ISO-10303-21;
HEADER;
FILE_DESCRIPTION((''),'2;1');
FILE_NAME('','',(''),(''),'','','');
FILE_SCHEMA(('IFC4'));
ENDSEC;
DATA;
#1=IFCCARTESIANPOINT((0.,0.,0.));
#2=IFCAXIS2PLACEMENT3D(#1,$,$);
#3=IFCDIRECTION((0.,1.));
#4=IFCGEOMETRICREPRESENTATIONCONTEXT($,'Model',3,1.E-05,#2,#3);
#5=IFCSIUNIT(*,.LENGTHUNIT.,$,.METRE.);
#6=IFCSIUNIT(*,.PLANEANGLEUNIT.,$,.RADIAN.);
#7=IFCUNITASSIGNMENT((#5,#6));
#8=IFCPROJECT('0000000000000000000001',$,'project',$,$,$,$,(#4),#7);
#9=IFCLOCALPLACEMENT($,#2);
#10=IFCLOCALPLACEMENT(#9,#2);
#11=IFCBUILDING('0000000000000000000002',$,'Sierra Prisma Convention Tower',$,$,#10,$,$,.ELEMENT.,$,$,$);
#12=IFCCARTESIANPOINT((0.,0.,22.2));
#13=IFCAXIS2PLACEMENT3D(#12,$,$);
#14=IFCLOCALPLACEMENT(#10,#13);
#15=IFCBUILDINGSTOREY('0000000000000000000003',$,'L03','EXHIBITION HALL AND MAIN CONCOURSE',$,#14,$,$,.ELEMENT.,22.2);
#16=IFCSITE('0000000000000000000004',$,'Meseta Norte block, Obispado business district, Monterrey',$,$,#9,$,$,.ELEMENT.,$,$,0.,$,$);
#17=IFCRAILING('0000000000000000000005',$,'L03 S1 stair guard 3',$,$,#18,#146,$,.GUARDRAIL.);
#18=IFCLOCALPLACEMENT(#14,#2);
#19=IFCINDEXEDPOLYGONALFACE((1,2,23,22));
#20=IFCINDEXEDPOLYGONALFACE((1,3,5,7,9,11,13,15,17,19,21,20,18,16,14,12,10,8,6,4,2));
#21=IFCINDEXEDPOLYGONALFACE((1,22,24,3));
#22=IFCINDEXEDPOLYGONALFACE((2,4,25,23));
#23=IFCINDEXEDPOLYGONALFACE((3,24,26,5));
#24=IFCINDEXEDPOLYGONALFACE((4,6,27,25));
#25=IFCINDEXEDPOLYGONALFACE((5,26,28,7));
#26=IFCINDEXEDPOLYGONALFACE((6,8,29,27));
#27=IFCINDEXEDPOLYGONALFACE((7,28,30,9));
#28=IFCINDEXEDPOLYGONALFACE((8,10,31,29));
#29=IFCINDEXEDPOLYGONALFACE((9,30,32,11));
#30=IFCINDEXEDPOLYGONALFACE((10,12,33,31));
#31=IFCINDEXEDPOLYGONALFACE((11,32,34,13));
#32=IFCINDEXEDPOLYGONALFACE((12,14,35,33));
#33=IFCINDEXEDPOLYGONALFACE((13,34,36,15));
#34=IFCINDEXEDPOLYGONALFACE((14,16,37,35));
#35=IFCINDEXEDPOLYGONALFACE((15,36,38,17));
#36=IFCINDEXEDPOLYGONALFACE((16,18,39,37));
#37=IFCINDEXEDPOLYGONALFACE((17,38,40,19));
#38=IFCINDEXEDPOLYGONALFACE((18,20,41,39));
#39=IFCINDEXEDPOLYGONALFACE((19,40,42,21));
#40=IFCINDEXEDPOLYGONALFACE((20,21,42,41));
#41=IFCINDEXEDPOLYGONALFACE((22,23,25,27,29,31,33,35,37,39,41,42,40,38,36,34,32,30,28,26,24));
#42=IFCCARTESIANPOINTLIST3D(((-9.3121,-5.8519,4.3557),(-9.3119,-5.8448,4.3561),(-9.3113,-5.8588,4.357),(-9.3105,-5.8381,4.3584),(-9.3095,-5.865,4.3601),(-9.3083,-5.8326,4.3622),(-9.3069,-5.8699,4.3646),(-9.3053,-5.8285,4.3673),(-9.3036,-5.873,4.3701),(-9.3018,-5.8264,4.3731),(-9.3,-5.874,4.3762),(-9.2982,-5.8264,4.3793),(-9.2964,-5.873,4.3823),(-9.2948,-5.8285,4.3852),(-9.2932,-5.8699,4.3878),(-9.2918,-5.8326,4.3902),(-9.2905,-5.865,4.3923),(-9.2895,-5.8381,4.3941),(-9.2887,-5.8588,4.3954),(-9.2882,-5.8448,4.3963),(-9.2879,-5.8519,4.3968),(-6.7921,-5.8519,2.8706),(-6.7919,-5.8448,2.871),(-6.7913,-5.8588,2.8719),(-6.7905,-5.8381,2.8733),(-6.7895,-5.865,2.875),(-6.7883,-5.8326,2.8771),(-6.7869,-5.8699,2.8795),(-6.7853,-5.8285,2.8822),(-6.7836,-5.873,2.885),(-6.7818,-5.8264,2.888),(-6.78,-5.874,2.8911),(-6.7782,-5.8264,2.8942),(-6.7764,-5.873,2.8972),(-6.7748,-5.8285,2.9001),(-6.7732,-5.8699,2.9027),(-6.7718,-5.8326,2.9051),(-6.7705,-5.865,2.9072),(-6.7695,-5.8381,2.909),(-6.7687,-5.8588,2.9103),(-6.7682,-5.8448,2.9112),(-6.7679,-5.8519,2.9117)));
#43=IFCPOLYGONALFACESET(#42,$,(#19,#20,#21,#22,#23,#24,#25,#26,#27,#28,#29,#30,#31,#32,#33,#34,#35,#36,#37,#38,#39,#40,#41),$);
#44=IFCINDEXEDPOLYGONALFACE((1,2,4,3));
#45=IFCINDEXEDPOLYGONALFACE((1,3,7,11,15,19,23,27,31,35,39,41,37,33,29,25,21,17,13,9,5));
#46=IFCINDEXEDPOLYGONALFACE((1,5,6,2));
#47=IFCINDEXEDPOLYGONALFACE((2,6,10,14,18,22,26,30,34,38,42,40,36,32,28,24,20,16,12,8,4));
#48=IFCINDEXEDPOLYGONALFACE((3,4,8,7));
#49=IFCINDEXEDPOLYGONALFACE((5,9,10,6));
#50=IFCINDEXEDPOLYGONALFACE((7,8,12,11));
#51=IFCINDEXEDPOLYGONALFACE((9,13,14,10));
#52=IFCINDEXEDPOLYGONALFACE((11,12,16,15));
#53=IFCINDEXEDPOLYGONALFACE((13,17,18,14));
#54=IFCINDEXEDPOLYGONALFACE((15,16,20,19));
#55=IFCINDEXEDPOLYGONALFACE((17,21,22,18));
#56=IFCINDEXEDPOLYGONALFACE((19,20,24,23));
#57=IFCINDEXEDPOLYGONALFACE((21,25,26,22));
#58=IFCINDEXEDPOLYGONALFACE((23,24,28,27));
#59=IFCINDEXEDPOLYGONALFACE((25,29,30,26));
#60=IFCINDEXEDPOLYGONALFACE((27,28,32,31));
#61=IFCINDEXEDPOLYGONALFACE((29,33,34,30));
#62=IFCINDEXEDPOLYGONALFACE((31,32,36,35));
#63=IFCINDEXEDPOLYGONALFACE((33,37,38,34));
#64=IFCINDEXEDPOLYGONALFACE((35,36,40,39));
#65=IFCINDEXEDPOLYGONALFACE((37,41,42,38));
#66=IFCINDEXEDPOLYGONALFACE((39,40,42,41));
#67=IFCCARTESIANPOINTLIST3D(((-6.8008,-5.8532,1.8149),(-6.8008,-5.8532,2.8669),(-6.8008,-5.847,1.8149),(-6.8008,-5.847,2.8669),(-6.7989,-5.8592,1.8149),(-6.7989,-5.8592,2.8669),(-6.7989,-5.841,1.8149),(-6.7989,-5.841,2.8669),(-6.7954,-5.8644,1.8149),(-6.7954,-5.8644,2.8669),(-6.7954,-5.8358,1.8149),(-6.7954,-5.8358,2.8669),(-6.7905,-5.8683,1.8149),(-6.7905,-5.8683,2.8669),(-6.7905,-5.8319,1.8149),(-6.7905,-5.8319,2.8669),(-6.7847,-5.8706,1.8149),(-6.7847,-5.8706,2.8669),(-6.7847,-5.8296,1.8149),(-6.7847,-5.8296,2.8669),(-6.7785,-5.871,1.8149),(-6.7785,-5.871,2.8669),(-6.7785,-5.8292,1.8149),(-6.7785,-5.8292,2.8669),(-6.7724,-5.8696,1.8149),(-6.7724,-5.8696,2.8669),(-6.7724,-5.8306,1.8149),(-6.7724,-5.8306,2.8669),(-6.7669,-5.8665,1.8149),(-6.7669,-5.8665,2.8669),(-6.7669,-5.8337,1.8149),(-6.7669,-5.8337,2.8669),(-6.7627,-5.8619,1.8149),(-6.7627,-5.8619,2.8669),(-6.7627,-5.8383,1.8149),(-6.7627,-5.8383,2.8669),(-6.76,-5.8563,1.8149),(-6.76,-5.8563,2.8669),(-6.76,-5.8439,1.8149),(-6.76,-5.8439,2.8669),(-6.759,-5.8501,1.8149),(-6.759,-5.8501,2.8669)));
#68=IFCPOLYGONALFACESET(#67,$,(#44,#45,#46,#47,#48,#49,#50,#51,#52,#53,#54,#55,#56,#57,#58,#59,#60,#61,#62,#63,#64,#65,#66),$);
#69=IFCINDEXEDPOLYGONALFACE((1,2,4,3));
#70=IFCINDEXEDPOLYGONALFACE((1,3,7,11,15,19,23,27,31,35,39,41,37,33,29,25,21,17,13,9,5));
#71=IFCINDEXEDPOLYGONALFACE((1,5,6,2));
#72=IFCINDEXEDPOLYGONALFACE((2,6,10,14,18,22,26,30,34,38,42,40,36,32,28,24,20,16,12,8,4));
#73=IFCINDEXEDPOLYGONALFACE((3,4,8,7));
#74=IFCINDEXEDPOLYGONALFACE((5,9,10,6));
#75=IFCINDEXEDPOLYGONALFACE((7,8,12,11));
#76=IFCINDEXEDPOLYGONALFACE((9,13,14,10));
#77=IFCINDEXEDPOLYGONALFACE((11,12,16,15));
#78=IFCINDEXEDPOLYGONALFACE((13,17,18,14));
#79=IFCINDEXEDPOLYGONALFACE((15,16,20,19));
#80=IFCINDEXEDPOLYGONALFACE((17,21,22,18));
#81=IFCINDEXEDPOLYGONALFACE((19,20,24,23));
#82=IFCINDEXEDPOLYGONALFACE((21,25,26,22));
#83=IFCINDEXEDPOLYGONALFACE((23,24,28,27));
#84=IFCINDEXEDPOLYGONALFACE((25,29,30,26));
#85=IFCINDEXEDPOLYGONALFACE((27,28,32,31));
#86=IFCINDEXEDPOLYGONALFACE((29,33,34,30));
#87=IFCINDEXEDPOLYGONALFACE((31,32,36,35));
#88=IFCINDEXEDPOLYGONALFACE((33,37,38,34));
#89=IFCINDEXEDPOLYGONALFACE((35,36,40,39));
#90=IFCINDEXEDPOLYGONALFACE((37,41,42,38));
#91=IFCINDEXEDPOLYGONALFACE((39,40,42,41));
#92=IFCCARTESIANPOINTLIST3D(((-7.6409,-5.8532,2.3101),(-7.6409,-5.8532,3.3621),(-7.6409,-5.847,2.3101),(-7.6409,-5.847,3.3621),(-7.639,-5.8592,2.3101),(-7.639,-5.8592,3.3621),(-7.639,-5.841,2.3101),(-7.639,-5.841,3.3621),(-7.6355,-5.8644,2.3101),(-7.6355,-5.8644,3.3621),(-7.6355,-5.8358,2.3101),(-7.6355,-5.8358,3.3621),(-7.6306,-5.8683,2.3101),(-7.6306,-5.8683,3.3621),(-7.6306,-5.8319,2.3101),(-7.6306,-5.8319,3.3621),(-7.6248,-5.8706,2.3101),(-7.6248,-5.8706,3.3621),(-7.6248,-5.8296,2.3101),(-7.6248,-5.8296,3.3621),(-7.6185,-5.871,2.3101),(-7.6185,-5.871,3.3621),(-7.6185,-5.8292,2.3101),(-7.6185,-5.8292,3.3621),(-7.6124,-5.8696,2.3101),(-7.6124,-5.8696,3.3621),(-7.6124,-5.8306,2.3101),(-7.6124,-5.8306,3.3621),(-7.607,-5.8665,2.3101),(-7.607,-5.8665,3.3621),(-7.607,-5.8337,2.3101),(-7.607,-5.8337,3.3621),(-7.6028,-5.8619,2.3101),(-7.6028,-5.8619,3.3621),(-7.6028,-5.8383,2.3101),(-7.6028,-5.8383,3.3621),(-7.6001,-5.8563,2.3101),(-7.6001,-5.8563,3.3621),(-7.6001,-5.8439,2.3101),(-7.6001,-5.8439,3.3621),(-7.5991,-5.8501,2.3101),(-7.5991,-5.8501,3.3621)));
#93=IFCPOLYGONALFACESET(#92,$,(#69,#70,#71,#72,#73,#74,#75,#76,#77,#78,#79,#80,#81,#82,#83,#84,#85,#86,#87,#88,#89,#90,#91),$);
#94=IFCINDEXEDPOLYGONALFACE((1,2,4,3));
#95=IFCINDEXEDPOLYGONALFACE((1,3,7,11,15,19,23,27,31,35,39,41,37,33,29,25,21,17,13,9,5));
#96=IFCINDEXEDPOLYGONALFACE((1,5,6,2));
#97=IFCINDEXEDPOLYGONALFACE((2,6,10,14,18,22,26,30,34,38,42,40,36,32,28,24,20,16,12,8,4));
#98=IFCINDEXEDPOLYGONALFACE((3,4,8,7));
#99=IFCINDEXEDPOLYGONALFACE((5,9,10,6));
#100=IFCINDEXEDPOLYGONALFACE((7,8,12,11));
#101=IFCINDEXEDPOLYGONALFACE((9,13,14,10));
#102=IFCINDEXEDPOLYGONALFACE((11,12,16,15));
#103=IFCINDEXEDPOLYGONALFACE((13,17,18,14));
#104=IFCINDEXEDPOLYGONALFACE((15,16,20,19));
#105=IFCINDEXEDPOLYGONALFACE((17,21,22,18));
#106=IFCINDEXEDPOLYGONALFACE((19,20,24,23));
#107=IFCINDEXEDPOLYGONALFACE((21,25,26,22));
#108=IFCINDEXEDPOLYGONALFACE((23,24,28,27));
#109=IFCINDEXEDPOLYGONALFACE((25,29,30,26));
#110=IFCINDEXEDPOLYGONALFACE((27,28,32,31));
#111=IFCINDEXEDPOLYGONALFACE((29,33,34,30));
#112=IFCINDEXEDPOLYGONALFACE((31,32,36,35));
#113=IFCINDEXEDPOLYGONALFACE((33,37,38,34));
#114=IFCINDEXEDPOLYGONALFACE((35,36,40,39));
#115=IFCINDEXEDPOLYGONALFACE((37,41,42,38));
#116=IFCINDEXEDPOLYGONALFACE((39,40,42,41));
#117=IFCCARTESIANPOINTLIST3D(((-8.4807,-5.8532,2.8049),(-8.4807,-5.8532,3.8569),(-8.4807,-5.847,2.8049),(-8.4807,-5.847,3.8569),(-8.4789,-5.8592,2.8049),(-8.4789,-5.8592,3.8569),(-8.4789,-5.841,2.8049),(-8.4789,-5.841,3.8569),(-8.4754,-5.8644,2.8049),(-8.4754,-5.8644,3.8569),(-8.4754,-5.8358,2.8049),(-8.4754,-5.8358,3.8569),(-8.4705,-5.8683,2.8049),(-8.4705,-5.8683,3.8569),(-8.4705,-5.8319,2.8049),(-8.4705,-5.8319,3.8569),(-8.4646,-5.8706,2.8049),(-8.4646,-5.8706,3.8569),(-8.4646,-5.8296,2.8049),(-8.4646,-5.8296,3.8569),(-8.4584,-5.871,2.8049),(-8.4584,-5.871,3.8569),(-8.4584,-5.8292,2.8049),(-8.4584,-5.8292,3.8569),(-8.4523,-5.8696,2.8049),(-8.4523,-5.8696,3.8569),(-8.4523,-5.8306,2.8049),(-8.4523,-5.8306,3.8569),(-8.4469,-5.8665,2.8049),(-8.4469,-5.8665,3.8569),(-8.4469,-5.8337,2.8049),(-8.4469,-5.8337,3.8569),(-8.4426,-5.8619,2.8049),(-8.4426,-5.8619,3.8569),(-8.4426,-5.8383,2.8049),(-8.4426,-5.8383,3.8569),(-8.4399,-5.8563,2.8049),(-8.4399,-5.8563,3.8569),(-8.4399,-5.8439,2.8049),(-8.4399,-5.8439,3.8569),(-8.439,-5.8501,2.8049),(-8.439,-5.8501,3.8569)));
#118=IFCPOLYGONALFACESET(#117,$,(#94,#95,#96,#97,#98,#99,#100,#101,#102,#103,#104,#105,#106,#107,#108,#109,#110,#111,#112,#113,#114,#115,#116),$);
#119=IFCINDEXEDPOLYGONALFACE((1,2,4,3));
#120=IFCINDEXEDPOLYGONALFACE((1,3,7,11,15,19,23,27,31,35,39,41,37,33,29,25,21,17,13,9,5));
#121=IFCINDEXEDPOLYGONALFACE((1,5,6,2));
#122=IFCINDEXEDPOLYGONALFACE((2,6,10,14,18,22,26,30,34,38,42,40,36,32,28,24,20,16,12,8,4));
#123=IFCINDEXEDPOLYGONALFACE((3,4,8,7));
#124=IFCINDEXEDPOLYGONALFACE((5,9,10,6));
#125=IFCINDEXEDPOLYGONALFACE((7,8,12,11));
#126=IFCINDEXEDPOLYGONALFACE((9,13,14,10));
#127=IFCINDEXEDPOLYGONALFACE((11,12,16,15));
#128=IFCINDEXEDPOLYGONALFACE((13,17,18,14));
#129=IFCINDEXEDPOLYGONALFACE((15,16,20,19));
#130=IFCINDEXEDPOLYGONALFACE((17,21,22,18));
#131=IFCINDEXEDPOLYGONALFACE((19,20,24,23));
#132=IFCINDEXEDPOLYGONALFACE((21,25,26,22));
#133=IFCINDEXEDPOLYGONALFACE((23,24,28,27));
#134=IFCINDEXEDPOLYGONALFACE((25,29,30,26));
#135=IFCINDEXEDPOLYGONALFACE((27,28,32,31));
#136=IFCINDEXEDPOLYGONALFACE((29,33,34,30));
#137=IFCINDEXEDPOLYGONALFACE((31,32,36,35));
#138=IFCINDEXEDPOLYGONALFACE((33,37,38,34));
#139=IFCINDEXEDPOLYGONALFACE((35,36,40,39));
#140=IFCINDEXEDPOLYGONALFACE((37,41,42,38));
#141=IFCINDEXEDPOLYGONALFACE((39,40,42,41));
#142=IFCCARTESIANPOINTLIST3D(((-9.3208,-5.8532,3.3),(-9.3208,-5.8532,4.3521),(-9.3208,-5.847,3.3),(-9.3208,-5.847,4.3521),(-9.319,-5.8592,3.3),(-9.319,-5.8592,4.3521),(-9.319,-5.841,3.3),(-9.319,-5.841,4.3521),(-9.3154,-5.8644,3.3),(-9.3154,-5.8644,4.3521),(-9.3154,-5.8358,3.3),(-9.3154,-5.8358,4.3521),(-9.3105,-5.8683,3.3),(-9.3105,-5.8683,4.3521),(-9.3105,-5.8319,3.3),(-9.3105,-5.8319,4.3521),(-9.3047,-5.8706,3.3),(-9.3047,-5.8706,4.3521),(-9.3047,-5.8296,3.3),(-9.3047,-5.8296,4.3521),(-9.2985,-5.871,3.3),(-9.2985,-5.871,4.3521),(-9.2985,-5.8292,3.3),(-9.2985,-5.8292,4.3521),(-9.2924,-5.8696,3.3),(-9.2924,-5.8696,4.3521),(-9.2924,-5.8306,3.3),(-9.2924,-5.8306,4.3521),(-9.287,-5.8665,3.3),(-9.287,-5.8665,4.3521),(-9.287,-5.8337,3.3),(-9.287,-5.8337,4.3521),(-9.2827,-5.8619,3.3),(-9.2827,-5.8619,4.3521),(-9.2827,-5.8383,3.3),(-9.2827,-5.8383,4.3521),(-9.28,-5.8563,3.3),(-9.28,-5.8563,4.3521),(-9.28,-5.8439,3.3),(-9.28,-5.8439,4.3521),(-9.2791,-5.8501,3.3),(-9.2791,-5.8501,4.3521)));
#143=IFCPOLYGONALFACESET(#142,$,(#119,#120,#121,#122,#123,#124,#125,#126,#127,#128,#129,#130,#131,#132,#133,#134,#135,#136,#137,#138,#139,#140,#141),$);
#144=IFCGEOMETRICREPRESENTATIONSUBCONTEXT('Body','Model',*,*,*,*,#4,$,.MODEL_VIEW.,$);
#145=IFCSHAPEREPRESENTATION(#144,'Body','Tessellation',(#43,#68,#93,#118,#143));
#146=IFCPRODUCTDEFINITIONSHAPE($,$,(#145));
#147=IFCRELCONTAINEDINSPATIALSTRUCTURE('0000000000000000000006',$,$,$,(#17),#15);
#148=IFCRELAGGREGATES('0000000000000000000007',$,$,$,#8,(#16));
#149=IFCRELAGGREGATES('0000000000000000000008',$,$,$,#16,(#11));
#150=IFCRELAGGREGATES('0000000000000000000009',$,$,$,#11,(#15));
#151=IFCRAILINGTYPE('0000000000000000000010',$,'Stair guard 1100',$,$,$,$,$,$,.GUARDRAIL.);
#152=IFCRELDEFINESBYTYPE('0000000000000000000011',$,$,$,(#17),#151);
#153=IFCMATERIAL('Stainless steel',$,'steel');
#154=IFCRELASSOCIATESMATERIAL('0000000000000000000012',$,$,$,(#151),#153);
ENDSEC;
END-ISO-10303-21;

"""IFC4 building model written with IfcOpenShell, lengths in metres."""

from ifc_helpers import new_model, si_unit, direction, frame, origin, origin_2d, place, context, subcontext, project, spatial, circle, extrude, material, type_object, element, save


model = new_model("IFC4")

# Units and contexts
model_context = context("Model", 3, precision=1e-05, world=origin(), true_north=direction((0.0, 1.0)))
body_context = subcontext(model_context, "Body", "Model", "MODEL_VIEW")
ifc_project = project(units=[si_unit("LENGTHUNIT", "METRE"), si_unit("PLANEANGLEUNIT", "RADIAN")], contexts=[model_context])

# Site, building, storey
site_placement = place(None, origin())
site = spatial("IfcSite", under=ifc_project, at=site_placement, Name="Meseta Norte block, Obispado business district, Monterrey", CompositionType="ELEMENT", RefElevation=0.0)
building_placement = place(site_placement, origin())
building = spatial("IfcBuilding", under=site, at=building_placement, Name="Sierra Prisma Convention Tower", CompositionType="ELEMENT")
storey_placement = place(building_placement, frame((0.0, 0.0, 22.2)))
storey = spatial("IfcBuildingStorey", under=building, at=storey_placement, Name="L03", Description="EXHIBITION HALL AND MAIN CONCOURSE", CompositionType="ELEMENT", Elevation=22.2)

# Railing
ifc_material_1 = material(Name="Stainless steel", Category="steel")
railing_type_1 = type_object("IfcRailingType", Name="Stair guard 1100", PredefinedType="GUARDRAIL", material=ifc_material_1)
for number, where, name in (
    (1, (-6.78, -5.8501, 1.8149), "L03 S1 stair guard 3"),
):
    element("IfcRailing", number, at=place(storey_placement, frame(where)), inside=storey, type_object=railing_type_1, Name=name, PredefinedType="GUARDRAIL", context=body_context, shape_type="SweptSolid", body=[
        extrude(circle(Radius=0.0239, at=origin_2d()), frame((0.0, 0.0, 1.0762), z_axis=(-0.861524, 0.0, 0.507717), x_axis=(0.0, -1.0, 0.0)), (0.0, 0.0, 1.0), 2.925),
        extrude(circle(Radius=0.021, at=origin_2d()), origin(), (0.0, 0.0, 1.0), 1.052),
        extrude(circle(Radius=0.021, at=origin_2d()), frame((-0.8401, 0.0, 0.4951)), (0.0, 0.0, 1.0), 1.052),
        extrude(circle(Radius=0.021, at=origin_2d()), frame((-1.6799, 0.0, 0.99)), (0.0, 0.0, 1.0), 1.052),
        extrude(circle(Radius=0.021, at=origin_2d()), frame((-2.52, 0.0, 1.4851)), (0.0, 0.0, 1.0), 1.052),
    ])

save(model, "model.ifc")
